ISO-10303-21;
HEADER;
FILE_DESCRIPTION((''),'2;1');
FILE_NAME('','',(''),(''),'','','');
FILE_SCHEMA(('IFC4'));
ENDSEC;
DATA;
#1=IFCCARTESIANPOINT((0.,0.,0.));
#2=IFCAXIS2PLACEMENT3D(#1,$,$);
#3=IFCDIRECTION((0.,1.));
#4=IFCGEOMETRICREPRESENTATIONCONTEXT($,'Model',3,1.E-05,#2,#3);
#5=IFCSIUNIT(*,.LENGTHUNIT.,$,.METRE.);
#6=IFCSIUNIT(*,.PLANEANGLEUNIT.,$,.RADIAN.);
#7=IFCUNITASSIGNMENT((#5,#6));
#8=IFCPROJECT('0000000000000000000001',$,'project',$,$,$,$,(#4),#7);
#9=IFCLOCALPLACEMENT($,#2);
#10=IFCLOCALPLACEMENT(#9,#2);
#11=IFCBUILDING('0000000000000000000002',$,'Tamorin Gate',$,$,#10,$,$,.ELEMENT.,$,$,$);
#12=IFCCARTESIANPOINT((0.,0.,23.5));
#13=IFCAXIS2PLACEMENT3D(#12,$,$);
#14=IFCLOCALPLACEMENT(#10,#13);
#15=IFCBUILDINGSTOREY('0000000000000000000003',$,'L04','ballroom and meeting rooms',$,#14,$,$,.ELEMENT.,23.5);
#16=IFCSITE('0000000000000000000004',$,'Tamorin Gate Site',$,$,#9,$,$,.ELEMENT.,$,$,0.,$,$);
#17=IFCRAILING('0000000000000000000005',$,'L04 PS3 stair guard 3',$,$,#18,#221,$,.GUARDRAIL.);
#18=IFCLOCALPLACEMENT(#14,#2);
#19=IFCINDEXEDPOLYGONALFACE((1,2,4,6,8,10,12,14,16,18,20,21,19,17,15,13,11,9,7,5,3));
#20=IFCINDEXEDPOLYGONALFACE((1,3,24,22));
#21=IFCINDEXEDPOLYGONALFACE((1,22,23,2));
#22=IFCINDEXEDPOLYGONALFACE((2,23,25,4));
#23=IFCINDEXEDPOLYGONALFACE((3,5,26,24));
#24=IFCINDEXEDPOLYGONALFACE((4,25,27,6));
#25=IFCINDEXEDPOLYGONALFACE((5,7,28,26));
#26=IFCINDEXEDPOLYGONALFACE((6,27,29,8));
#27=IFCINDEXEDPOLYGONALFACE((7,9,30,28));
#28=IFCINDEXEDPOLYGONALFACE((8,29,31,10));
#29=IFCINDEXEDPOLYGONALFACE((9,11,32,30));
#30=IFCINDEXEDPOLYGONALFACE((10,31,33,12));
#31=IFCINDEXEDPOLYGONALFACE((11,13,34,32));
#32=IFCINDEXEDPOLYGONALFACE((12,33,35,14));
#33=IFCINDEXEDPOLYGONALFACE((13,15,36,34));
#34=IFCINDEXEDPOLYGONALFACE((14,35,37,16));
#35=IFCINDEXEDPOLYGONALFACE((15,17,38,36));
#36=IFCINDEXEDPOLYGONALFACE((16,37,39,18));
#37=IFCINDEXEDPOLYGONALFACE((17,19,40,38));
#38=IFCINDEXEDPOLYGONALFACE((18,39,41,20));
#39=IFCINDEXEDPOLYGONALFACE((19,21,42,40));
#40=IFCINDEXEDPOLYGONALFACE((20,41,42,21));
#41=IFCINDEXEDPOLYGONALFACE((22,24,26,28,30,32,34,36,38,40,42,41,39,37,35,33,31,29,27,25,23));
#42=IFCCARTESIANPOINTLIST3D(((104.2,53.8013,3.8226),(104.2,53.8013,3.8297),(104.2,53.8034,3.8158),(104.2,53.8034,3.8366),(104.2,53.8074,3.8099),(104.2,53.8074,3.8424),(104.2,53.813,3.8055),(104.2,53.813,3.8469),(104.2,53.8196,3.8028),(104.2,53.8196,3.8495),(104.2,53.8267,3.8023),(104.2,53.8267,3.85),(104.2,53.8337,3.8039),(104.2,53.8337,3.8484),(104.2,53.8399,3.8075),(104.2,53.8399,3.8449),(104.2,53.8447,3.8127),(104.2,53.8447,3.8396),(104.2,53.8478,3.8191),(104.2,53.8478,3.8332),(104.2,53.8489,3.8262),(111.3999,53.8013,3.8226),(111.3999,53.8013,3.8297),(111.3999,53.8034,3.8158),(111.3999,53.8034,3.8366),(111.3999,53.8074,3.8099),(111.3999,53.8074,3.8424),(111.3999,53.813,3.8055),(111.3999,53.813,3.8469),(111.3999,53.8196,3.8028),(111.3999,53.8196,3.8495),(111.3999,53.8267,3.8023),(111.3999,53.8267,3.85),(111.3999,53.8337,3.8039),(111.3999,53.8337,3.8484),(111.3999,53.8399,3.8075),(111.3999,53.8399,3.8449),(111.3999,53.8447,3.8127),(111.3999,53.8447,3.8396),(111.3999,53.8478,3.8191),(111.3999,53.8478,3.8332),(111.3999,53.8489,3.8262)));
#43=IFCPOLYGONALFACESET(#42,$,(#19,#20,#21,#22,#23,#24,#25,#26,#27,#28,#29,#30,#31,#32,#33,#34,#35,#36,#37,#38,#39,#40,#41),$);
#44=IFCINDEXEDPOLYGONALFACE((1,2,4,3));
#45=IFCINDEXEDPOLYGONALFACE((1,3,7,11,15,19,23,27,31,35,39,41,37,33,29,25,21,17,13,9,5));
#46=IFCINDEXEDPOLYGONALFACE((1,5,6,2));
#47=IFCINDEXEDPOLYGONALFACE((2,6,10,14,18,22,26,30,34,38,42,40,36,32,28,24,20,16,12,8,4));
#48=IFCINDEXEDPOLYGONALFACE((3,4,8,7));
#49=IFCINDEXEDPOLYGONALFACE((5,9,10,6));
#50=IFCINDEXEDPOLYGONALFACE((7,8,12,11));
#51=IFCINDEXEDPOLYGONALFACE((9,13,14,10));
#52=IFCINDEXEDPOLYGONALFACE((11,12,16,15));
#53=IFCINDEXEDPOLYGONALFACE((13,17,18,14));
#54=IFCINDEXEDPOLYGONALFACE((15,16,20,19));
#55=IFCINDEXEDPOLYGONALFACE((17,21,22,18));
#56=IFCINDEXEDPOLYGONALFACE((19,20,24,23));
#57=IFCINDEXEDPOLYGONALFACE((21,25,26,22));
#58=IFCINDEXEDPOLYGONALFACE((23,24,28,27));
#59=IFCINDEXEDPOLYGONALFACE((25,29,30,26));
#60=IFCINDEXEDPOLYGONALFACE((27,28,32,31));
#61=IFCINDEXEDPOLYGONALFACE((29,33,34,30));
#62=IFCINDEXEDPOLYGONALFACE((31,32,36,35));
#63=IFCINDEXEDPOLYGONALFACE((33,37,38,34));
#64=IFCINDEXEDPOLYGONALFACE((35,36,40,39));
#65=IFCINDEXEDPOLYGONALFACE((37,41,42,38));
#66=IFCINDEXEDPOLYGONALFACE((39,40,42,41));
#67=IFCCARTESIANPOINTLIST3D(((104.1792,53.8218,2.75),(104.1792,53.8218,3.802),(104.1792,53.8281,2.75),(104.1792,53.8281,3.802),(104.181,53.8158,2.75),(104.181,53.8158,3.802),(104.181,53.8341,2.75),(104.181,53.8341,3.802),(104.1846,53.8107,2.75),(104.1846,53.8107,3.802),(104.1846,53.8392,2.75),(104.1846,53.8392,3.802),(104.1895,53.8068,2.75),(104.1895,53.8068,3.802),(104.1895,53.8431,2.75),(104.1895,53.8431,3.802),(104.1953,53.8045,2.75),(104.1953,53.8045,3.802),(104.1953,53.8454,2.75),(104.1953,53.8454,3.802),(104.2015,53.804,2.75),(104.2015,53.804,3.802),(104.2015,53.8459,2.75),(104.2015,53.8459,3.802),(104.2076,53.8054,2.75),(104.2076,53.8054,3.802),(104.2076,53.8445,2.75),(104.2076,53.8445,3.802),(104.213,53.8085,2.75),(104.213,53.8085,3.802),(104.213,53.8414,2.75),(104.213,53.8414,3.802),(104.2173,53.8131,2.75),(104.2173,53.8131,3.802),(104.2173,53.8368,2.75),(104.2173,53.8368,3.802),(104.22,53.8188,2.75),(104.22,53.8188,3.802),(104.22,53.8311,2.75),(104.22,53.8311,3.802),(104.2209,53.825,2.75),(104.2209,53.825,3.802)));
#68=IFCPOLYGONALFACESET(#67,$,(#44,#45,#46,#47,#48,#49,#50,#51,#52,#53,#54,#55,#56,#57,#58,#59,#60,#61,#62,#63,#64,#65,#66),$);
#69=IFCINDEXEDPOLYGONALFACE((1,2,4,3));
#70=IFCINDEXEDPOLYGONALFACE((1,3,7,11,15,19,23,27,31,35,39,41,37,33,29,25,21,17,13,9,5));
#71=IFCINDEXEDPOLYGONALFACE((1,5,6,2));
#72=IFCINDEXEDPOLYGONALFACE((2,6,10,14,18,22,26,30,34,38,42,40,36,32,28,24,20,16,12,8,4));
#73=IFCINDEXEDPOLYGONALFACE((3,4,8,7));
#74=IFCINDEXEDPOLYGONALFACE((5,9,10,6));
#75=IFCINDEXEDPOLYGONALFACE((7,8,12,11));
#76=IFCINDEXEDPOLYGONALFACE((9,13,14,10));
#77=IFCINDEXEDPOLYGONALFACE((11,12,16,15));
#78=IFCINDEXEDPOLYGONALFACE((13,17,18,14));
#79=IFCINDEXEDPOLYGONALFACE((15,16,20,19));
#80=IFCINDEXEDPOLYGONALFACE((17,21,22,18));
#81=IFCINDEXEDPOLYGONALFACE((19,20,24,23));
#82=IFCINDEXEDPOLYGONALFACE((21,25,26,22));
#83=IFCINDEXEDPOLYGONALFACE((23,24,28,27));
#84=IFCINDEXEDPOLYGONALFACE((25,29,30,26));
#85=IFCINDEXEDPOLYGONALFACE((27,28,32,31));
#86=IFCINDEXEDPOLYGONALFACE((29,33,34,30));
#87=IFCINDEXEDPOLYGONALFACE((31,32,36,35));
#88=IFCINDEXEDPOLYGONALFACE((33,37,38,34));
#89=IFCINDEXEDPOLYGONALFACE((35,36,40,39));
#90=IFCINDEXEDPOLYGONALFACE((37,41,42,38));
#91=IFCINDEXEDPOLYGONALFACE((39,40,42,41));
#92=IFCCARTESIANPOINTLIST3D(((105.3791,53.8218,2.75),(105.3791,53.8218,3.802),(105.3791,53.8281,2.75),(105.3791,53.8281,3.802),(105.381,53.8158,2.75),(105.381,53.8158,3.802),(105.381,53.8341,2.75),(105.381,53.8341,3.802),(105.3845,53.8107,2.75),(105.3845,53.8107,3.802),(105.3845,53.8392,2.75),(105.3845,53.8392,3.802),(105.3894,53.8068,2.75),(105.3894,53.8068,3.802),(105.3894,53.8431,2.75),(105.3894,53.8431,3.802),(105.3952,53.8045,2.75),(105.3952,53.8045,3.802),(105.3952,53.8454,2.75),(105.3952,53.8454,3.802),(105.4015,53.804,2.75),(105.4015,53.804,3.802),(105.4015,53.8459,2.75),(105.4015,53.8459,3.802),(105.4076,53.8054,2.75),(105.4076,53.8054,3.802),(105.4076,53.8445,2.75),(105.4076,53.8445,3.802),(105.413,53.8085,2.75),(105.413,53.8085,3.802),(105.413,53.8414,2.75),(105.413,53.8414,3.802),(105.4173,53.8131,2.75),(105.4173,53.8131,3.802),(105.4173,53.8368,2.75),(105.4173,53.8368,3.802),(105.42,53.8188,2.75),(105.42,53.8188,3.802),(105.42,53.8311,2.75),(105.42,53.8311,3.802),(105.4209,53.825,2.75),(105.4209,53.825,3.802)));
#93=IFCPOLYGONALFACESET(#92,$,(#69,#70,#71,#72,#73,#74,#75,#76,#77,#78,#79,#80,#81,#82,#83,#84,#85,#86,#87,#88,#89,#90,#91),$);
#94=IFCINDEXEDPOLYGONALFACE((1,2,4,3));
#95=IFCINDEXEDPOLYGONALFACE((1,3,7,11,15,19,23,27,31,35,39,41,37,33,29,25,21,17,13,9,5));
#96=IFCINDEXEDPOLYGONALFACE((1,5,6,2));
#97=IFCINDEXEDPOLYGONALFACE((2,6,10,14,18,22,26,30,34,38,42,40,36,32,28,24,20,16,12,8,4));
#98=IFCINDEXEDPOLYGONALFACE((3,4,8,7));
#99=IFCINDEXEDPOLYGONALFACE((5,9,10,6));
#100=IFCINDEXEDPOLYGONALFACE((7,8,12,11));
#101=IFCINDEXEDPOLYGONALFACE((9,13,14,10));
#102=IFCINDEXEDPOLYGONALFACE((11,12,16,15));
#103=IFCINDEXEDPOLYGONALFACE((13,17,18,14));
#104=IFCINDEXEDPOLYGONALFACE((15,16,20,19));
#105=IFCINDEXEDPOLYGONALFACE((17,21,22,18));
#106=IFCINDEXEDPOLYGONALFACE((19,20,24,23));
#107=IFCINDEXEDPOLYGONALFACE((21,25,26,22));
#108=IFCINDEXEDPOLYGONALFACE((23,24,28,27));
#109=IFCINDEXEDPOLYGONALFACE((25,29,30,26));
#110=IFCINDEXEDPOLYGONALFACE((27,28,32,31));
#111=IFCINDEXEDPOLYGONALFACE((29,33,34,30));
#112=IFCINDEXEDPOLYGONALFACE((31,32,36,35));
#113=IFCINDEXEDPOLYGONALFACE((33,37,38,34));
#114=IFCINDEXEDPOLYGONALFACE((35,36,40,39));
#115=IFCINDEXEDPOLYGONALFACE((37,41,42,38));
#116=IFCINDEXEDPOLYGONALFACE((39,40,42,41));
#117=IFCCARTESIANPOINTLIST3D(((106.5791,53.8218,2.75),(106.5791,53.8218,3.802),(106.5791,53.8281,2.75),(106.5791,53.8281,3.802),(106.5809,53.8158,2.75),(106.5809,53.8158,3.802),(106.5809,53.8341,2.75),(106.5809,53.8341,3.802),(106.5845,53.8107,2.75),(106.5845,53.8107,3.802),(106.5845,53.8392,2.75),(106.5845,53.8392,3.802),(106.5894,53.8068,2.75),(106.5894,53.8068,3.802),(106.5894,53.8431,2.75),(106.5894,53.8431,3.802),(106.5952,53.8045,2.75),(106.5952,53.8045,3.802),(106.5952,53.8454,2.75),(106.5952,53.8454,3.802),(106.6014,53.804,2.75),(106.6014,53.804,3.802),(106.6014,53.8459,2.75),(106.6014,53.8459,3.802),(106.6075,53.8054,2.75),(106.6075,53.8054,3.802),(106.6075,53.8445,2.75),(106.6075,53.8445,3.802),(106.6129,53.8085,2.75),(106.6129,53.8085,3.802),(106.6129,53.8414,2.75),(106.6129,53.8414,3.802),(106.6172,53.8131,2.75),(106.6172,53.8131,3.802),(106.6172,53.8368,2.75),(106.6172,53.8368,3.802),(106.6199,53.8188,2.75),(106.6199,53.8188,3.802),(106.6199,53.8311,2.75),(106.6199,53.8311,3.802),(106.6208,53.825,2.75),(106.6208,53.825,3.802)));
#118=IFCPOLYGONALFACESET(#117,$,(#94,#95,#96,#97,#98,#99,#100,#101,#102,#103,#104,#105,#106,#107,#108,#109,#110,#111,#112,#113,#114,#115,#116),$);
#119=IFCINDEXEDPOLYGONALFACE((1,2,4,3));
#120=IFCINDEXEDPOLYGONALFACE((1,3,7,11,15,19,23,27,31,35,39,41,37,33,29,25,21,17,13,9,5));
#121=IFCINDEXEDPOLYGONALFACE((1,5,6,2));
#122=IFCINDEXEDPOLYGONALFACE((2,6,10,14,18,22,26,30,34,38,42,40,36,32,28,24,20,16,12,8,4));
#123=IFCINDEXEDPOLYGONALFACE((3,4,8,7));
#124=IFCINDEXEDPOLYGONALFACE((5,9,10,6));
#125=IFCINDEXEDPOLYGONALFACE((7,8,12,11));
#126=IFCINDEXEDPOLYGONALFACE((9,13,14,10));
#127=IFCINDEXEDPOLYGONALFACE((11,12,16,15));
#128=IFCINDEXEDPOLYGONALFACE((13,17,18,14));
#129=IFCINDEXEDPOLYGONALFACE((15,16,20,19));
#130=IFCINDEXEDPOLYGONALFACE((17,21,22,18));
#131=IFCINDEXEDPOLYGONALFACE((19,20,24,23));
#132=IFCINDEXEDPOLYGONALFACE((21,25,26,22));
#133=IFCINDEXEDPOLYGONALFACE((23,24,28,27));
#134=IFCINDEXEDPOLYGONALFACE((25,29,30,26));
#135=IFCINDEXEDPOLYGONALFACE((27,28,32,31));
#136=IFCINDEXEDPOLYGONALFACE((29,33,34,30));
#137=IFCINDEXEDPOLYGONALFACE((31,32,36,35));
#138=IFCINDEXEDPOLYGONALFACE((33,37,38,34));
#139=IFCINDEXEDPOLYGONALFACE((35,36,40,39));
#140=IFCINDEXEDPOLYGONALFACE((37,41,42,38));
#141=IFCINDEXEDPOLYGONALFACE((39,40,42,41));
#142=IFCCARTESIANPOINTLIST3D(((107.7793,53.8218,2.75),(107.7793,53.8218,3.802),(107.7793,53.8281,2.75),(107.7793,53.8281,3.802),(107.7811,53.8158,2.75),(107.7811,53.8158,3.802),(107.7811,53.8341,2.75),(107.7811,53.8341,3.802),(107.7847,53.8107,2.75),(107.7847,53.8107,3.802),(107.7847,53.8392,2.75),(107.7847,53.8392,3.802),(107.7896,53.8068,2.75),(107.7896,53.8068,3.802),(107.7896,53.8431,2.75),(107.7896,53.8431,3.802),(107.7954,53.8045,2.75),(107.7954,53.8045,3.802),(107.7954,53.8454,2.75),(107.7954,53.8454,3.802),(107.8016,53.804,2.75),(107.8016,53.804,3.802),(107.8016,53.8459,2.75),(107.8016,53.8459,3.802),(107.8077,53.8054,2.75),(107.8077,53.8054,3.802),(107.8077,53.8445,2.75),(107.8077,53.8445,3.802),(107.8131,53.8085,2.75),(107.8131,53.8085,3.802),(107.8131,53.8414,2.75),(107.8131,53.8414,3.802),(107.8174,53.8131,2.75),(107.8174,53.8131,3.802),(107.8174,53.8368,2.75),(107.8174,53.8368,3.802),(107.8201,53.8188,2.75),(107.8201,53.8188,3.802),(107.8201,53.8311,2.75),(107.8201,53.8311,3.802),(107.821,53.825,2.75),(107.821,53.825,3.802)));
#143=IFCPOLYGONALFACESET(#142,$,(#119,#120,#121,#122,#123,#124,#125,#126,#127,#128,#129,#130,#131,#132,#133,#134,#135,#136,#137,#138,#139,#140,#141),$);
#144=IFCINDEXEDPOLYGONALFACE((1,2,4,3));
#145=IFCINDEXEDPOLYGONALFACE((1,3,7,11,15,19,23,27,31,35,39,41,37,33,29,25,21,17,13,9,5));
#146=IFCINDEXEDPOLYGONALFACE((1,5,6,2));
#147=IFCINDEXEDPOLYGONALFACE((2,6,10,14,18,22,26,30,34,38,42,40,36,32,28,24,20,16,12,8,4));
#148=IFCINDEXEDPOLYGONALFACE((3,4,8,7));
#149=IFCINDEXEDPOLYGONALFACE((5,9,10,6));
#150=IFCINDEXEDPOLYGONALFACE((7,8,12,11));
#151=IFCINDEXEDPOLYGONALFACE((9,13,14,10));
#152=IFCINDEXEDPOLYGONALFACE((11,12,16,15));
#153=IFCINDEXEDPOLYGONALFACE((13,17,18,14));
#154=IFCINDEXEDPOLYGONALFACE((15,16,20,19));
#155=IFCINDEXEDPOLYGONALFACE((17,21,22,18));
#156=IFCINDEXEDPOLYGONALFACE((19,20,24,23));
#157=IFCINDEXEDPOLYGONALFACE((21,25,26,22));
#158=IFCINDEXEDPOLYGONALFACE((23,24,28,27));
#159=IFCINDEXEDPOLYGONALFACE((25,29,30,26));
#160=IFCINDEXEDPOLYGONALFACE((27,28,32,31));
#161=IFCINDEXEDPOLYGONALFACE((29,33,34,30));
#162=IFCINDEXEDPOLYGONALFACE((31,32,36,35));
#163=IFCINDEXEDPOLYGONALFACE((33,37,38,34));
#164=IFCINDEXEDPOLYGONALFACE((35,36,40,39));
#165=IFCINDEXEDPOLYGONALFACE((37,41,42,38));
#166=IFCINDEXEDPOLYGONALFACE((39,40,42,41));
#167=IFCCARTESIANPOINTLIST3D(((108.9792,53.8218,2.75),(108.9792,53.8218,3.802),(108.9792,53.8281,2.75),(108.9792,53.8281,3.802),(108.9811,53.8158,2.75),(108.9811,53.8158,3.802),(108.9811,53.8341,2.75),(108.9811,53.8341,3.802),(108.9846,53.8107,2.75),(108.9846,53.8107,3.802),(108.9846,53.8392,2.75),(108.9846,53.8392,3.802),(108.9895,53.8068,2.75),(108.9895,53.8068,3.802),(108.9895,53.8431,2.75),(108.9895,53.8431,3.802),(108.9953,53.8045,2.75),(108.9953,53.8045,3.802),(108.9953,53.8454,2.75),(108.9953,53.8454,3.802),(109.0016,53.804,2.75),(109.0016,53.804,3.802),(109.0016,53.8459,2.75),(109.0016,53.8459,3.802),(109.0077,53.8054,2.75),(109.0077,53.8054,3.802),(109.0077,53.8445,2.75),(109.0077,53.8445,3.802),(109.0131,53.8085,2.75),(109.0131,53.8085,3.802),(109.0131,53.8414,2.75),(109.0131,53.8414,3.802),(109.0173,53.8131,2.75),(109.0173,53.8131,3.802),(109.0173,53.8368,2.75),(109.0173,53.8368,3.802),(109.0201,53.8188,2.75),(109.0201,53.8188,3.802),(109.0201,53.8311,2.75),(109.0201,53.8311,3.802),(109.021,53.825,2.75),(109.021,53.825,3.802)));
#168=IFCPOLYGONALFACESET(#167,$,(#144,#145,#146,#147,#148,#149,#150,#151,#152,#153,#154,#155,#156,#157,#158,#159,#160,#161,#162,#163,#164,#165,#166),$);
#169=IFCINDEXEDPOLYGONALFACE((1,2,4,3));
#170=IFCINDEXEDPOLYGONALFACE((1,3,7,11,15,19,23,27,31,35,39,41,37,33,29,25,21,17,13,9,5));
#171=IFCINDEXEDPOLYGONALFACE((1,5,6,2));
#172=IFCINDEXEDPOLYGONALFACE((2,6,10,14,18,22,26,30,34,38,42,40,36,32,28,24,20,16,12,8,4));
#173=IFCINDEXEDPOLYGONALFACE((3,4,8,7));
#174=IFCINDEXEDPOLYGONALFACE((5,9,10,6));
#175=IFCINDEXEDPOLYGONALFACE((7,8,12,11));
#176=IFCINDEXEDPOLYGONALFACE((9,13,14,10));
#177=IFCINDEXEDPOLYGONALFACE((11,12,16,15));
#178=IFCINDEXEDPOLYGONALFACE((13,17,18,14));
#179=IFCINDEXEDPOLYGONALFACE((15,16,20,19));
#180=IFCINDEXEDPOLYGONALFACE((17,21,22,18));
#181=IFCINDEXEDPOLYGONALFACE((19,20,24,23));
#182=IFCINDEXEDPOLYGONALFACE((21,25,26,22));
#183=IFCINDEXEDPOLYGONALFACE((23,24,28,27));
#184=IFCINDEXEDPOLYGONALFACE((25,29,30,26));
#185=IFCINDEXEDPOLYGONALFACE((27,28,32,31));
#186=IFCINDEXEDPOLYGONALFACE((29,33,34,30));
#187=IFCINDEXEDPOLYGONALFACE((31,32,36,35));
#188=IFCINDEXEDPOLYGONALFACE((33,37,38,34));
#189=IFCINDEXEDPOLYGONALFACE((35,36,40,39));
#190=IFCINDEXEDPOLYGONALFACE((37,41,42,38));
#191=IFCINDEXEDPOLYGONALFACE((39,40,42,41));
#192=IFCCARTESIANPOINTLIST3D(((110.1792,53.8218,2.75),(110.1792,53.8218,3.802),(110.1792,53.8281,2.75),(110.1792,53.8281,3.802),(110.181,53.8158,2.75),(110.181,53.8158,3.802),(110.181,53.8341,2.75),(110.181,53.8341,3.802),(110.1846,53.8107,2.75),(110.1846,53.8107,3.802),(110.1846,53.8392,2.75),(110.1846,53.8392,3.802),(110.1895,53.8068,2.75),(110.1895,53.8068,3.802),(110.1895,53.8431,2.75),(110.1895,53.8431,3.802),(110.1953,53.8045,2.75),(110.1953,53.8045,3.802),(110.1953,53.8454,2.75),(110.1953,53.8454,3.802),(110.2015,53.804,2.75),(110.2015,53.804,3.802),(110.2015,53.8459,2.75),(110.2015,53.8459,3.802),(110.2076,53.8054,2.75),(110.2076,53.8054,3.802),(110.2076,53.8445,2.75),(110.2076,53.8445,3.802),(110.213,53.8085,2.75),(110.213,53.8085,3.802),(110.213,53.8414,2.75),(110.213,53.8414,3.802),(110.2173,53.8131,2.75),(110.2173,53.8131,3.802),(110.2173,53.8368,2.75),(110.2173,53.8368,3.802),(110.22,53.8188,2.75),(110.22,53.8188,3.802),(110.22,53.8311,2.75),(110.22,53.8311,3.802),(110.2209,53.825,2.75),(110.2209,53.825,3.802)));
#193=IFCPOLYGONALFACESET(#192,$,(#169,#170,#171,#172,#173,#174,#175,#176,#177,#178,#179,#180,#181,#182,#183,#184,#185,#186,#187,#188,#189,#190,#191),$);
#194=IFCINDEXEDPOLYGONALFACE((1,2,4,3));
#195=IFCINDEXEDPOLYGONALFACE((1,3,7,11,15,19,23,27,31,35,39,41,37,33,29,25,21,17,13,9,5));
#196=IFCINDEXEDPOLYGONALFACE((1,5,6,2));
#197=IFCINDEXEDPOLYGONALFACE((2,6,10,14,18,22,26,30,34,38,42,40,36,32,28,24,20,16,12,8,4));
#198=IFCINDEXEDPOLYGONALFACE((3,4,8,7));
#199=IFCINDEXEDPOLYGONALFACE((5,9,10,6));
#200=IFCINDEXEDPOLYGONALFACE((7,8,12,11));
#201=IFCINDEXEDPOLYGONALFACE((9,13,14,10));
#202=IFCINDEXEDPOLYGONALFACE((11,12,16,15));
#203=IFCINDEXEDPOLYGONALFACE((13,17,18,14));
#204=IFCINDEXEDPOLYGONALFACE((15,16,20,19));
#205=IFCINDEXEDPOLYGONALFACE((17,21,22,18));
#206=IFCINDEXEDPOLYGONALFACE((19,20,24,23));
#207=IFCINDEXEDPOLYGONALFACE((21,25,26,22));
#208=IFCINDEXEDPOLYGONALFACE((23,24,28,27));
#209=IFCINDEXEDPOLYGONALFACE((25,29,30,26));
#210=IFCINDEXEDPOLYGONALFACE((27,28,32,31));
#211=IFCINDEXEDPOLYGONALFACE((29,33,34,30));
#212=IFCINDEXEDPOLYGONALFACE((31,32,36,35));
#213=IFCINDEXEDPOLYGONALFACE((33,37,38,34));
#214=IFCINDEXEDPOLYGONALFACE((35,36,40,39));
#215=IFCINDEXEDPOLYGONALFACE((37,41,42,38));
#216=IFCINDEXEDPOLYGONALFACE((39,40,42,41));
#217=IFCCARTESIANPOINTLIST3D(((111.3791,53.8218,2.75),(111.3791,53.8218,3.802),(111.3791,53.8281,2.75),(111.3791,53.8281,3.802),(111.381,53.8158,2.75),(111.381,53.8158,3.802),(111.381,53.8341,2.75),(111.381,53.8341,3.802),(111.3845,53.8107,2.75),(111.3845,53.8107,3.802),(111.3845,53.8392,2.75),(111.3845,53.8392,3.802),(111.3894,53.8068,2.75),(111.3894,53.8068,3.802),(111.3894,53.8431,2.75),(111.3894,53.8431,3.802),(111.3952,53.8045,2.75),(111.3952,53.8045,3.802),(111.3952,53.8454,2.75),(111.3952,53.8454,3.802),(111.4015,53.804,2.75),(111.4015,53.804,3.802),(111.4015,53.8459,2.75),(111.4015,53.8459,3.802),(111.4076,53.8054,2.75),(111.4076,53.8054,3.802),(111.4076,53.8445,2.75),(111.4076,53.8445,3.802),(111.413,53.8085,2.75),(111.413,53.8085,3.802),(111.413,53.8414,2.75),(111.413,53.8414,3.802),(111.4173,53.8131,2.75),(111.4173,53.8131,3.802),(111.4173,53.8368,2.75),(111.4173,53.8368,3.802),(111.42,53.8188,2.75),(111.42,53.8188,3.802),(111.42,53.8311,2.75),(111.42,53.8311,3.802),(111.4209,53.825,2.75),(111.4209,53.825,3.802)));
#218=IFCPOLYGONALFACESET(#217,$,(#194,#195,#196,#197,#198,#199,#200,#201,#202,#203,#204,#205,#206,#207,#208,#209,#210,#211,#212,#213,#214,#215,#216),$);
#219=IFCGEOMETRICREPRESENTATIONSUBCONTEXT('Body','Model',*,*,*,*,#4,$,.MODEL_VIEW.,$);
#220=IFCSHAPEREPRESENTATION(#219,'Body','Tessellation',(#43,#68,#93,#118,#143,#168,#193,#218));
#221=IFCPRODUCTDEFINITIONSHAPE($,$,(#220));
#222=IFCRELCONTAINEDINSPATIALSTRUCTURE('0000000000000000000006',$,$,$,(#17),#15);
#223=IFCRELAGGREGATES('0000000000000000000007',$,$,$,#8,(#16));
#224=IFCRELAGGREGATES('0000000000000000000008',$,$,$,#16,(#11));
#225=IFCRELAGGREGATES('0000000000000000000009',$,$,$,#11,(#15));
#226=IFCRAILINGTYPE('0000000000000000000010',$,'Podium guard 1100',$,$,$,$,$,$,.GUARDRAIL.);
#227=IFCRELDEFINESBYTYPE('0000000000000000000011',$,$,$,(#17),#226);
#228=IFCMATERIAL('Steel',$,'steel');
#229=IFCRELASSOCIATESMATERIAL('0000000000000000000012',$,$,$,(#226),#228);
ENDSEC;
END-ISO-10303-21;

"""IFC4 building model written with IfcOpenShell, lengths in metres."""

from ifc_helpers import new_model, si_unit, direction, frame, origin, origin_2d, place, context, subcontext, project, spatial, circle, extrude, material, type_object, element, save


model = new_model("IFC4")

# Units and contexts
model_context = context("Model", 3, precision=1e-05, world=origin(), true_north=direction((0.0, 1.0)))
body_context = subcontext(model_context, "Body", "Model", "MODEL_VIEW")
ifc_project = project(units=[si_unit("LENGTHUNIT", "METRE"), si_unit("PLANEANGLEUNIT", "RADIAN")], contexts=[model_context])

# Site, building, storey
site_placement = place(None, origin())
site = spatial("IfcSite", under=ifc_project, at=site_placement, Name="Tamorin Gate Site", CompositionType="ELEMENT", RefElevation=0.0)
building_placement = place(site_placement, origin())
building = spatial("IfcBuilding", under=site, at=building_placement, Name="Tamorin Gate", CompositionType="ELEMENT")
storey_placement = place(building_placement, frame((0.0, 0.0, 23.5)))
storey = spatial("IfcBuildingStorey", under=building, at=storey_placement, Name="L04", Description="ballroom and meeting rooms", CompositionType="ELEMENT", Elevation=23.5)

# Railing
ifc_material_1 = material(Name="Steel", Category="steel")
railing_type_1 = type_object("IfcRailingType", Name="Podium guard 1100", PredefinedType="GUARDRAIL", material=ifc_material_1)
for number, where, name in (
    (1, (104.2, 53.825, 2.75), "L04 PS3 stair guard 3"),
):
    element("IfcRailing", number, at=place(storey_placement, frame(where)), inside=storey, type_object=railing_type_1, Name=name, PredefinedType="GUARDRAIL", context=body_context, shape_type="SweptSolid", body=[
        extrude(circle(Radius=0.0239, at=origin_2d()), frame((0.0, 0.0, 1.0762), z_axis=(1.0, 0.0, 0.0), x_axis=(0.0, 1.0, 0.0)), (0.0, 0.0, 1.0), 7.2),
        extrude(circle(Radius=0.021, at=origin_2d()), origin(), (0.0, 0.0, 1.0), 1.052),
        extrude(circle(Radius=0.021, at=origin_2d()), frame((1.2, 0.0, 0.0)), (0.0, 0.0, 1.0), 1.052),
        extrude(circle(Radius=0.021, at=origin_2d()), frame((2.3999, 0.0, 0.0)), (0.0, 0.0, 1.0), 1.052),
        extrude(circle(Radius=0.021, at=origin_2d()), frame((3.6001, 0.0, 0.0)), (0.0, 0.0, 1.0), 1.052),
        extrude(circle(Radius=0.021, at=origin_2d()), frame((4.8, 0.0, 0.0)), (0.0, 0.0, 1.0), 1.052),
        extrude(circle(Radius=0.021, at=origin_2d()), frame((6.0, 0.0, 0.0)), (0.0, 0.0, 1.0), 1.052),
        extrude(circle(Radius=0.021, at=origin_2d()), frame((7.2, 0.0, 0.0)), (0.0, 0.0, 1.0), 1.052),
    ])

save(model, "model.ifc")
